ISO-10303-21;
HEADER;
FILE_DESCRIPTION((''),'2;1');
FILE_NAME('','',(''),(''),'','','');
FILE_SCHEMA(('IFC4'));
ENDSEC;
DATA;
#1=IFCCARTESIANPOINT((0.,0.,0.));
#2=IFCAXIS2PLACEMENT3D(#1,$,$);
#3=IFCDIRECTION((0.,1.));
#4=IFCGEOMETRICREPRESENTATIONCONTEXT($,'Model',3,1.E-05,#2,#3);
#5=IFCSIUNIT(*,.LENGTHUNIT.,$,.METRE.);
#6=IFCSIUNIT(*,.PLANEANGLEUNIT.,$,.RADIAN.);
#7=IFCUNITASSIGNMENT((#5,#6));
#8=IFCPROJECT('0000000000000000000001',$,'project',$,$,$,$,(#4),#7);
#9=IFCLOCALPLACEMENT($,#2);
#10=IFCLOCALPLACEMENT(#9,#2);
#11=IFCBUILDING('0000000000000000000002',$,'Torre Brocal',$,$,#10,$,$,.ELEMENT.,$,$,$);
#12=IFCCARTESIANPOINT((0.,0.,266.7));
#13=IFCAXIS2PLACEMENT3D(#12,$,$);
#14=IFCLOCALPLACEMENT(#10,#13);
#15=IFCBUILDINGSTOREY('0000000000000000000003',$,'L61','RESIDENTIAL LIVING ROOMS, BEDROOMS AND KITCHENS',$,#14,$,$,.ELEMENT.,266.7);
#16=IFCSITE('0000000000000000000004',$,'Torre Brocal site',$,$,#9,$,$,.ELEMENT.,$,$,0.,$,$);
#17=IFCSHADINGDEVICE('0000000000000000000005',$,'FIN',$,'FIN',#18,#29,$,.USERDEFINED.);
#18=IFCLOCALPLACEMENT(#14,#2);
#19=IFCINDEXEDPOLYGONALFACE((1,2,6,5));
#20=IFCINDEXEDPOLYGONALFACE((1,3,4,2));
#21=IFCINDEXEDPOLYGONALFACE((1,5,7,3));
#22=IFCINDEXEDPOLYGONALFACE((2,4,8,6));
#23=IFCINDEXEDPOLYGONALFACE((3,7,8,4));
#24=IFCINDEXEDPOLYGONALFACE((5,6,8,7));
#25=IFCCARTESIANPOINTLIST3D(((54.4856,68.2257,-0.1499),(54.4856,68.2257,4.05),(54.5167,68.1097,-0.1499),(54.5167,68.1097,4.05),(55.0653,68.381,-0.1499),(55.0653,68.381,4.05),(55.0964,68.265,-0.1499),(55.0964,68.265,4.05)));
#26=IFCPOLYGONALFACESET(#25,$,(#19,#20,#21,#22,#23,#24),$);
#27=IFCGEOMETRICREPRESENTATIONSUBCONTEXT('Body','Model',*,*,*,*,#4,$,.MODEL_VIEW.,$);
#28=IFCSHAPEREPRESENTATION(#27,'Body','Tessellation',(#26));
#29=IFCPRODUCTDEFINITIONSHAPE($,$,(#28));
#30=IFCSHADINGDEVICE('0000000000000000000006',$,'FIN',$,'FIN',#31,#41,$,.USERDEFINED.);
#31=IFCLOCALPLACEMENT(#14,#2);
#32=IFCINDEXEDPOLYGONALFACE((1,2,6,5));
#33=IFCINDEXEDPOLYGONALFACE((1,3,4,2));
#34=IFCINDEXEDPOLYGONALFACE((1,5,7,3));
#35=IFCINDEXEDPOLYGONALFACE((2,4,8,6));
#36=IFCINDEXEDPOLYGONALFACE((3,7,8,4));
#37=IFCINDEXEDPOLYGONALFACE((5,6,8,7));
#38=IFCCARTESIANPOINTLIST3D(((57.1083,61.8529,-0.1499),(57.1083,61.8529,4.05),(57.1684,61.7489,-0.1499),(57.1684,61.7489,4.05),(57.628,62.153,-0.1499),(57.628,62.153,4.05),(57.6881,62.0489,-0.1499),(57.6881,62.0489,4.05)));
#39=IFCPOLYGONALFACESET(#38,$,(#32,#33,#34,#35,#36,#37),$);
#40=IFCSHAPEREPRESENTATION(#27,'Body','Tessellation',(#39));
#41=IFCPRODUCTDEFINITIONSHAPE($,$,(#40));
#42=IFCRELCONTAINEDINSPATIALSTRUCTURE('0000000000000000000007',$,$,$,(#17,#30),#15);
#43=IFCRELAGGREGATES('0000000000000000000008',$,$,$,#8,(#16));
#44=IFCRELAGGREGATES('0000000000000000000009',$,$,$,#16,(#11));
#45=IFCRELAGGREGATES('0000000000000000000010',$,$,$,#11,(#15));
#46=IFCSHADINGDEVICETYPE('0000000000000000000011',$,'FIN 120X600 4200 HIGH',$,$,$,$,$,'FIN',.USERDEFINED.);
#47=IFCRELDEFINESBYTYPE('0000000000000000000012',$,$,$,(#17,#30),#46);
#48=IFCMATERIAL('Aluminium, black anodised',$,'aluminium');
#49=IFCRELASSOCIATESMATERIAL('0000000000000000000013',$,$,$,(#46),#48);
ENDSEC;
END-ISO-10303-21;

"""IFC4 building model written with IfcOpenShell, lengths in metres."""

from ifc_helpers import new_model, si_unit, direction, frame, origin, origin_2d, place, context, subcontext, project, spatial, rectangle, extrude, material, material_profile, profile_set, type_object, element, save


model = new_model("IFC4")

# Units and contexts
model_context = context("Model", 3, precision=1e-05, world=origin(), true_north=direction((0.0, 1.0)))
body_context = subcontext(model_context, "Body", "Model", "MODEL_VIEW")
ifc_project = project(units=[si_unit("LENGTHUNIT", "METRE"), si_unit("PLANEANGLEUNIT", "RADIAN")], contexts=[model_context])

# Site, building, storey
site_placement = place(None, origin())
site = spatial("IfcSite", under=ifc_project, at=site_placement, Name="Torre Brocal site", CompositionType="ELEMENT", RefElevation=0.0)
building_placement = place(site_placement, origin())
building = spatial("IfcBuilding", under=site, at=building_placement, Name="Torre Brocal", CompositionType="ELEMENT")
storey_placement = place(building_placement, frame((0.0, 0.0, 266.7)))
storey = spatial("IfcBuildingStorey", under=building, at=storey_placement, Name="L61", Description="RESIDENTIAL LIVING ROOMS, BEDROOMS AND KITCHENS", CompositionType="ELEMENT", Elevation=266.7)

# Shading devices
ifc_material_1 = material(Name="Aluminium, black anodised", Category="aluminium")
ifc_material_profile_1 = material_profile(ifc_material_1, rectangle(XDim=0.1201, YDim=0.6001, at=origin_2d()), Name="FIN 120X600 4200 HIGH")
ifc_profile_set_1 = profile_set([ifc_material_profile_1], Name="Aluminium, black anodised")
shading_device_type = type_object("IfcShadingDeviceType", Name="FIN 120X600 4200 HIGH", ElementType="FIN", PredefinedType="USERDEFINED", material=ifc_profile_set_1)
for number, where, z_axis, x_axis, name in (
    (1, (54.791, 68.2454, -0.1499), (0.0, 0.0, 1.0), (0.258819, -0.965926, 0.0), "FIN"),
    (2, (57.3982, 61.9509, -0.1499), (0.0, 0.0, 1.0), (0.5, -0.866025, 0.0), "FIN"),
):
    element("IfcShadingDevice", number, at=place(storey_placement, frame(where, z_axis=z_axis, x_axis=x_axis)), inside=storey, type_object=shading_device_type, Name=name, ObjectType="FIN", PredefinedType="USERDEFINED", context=body_context, shape_type="SweptSolid", body=[
        extrude(rectangle(XDim=0.1201, YDim=0.6001, at=origin_2d()), origin(), (0.0, 0.0, 1.0), 4.2),
    ])

save(model, "model.ifc")
